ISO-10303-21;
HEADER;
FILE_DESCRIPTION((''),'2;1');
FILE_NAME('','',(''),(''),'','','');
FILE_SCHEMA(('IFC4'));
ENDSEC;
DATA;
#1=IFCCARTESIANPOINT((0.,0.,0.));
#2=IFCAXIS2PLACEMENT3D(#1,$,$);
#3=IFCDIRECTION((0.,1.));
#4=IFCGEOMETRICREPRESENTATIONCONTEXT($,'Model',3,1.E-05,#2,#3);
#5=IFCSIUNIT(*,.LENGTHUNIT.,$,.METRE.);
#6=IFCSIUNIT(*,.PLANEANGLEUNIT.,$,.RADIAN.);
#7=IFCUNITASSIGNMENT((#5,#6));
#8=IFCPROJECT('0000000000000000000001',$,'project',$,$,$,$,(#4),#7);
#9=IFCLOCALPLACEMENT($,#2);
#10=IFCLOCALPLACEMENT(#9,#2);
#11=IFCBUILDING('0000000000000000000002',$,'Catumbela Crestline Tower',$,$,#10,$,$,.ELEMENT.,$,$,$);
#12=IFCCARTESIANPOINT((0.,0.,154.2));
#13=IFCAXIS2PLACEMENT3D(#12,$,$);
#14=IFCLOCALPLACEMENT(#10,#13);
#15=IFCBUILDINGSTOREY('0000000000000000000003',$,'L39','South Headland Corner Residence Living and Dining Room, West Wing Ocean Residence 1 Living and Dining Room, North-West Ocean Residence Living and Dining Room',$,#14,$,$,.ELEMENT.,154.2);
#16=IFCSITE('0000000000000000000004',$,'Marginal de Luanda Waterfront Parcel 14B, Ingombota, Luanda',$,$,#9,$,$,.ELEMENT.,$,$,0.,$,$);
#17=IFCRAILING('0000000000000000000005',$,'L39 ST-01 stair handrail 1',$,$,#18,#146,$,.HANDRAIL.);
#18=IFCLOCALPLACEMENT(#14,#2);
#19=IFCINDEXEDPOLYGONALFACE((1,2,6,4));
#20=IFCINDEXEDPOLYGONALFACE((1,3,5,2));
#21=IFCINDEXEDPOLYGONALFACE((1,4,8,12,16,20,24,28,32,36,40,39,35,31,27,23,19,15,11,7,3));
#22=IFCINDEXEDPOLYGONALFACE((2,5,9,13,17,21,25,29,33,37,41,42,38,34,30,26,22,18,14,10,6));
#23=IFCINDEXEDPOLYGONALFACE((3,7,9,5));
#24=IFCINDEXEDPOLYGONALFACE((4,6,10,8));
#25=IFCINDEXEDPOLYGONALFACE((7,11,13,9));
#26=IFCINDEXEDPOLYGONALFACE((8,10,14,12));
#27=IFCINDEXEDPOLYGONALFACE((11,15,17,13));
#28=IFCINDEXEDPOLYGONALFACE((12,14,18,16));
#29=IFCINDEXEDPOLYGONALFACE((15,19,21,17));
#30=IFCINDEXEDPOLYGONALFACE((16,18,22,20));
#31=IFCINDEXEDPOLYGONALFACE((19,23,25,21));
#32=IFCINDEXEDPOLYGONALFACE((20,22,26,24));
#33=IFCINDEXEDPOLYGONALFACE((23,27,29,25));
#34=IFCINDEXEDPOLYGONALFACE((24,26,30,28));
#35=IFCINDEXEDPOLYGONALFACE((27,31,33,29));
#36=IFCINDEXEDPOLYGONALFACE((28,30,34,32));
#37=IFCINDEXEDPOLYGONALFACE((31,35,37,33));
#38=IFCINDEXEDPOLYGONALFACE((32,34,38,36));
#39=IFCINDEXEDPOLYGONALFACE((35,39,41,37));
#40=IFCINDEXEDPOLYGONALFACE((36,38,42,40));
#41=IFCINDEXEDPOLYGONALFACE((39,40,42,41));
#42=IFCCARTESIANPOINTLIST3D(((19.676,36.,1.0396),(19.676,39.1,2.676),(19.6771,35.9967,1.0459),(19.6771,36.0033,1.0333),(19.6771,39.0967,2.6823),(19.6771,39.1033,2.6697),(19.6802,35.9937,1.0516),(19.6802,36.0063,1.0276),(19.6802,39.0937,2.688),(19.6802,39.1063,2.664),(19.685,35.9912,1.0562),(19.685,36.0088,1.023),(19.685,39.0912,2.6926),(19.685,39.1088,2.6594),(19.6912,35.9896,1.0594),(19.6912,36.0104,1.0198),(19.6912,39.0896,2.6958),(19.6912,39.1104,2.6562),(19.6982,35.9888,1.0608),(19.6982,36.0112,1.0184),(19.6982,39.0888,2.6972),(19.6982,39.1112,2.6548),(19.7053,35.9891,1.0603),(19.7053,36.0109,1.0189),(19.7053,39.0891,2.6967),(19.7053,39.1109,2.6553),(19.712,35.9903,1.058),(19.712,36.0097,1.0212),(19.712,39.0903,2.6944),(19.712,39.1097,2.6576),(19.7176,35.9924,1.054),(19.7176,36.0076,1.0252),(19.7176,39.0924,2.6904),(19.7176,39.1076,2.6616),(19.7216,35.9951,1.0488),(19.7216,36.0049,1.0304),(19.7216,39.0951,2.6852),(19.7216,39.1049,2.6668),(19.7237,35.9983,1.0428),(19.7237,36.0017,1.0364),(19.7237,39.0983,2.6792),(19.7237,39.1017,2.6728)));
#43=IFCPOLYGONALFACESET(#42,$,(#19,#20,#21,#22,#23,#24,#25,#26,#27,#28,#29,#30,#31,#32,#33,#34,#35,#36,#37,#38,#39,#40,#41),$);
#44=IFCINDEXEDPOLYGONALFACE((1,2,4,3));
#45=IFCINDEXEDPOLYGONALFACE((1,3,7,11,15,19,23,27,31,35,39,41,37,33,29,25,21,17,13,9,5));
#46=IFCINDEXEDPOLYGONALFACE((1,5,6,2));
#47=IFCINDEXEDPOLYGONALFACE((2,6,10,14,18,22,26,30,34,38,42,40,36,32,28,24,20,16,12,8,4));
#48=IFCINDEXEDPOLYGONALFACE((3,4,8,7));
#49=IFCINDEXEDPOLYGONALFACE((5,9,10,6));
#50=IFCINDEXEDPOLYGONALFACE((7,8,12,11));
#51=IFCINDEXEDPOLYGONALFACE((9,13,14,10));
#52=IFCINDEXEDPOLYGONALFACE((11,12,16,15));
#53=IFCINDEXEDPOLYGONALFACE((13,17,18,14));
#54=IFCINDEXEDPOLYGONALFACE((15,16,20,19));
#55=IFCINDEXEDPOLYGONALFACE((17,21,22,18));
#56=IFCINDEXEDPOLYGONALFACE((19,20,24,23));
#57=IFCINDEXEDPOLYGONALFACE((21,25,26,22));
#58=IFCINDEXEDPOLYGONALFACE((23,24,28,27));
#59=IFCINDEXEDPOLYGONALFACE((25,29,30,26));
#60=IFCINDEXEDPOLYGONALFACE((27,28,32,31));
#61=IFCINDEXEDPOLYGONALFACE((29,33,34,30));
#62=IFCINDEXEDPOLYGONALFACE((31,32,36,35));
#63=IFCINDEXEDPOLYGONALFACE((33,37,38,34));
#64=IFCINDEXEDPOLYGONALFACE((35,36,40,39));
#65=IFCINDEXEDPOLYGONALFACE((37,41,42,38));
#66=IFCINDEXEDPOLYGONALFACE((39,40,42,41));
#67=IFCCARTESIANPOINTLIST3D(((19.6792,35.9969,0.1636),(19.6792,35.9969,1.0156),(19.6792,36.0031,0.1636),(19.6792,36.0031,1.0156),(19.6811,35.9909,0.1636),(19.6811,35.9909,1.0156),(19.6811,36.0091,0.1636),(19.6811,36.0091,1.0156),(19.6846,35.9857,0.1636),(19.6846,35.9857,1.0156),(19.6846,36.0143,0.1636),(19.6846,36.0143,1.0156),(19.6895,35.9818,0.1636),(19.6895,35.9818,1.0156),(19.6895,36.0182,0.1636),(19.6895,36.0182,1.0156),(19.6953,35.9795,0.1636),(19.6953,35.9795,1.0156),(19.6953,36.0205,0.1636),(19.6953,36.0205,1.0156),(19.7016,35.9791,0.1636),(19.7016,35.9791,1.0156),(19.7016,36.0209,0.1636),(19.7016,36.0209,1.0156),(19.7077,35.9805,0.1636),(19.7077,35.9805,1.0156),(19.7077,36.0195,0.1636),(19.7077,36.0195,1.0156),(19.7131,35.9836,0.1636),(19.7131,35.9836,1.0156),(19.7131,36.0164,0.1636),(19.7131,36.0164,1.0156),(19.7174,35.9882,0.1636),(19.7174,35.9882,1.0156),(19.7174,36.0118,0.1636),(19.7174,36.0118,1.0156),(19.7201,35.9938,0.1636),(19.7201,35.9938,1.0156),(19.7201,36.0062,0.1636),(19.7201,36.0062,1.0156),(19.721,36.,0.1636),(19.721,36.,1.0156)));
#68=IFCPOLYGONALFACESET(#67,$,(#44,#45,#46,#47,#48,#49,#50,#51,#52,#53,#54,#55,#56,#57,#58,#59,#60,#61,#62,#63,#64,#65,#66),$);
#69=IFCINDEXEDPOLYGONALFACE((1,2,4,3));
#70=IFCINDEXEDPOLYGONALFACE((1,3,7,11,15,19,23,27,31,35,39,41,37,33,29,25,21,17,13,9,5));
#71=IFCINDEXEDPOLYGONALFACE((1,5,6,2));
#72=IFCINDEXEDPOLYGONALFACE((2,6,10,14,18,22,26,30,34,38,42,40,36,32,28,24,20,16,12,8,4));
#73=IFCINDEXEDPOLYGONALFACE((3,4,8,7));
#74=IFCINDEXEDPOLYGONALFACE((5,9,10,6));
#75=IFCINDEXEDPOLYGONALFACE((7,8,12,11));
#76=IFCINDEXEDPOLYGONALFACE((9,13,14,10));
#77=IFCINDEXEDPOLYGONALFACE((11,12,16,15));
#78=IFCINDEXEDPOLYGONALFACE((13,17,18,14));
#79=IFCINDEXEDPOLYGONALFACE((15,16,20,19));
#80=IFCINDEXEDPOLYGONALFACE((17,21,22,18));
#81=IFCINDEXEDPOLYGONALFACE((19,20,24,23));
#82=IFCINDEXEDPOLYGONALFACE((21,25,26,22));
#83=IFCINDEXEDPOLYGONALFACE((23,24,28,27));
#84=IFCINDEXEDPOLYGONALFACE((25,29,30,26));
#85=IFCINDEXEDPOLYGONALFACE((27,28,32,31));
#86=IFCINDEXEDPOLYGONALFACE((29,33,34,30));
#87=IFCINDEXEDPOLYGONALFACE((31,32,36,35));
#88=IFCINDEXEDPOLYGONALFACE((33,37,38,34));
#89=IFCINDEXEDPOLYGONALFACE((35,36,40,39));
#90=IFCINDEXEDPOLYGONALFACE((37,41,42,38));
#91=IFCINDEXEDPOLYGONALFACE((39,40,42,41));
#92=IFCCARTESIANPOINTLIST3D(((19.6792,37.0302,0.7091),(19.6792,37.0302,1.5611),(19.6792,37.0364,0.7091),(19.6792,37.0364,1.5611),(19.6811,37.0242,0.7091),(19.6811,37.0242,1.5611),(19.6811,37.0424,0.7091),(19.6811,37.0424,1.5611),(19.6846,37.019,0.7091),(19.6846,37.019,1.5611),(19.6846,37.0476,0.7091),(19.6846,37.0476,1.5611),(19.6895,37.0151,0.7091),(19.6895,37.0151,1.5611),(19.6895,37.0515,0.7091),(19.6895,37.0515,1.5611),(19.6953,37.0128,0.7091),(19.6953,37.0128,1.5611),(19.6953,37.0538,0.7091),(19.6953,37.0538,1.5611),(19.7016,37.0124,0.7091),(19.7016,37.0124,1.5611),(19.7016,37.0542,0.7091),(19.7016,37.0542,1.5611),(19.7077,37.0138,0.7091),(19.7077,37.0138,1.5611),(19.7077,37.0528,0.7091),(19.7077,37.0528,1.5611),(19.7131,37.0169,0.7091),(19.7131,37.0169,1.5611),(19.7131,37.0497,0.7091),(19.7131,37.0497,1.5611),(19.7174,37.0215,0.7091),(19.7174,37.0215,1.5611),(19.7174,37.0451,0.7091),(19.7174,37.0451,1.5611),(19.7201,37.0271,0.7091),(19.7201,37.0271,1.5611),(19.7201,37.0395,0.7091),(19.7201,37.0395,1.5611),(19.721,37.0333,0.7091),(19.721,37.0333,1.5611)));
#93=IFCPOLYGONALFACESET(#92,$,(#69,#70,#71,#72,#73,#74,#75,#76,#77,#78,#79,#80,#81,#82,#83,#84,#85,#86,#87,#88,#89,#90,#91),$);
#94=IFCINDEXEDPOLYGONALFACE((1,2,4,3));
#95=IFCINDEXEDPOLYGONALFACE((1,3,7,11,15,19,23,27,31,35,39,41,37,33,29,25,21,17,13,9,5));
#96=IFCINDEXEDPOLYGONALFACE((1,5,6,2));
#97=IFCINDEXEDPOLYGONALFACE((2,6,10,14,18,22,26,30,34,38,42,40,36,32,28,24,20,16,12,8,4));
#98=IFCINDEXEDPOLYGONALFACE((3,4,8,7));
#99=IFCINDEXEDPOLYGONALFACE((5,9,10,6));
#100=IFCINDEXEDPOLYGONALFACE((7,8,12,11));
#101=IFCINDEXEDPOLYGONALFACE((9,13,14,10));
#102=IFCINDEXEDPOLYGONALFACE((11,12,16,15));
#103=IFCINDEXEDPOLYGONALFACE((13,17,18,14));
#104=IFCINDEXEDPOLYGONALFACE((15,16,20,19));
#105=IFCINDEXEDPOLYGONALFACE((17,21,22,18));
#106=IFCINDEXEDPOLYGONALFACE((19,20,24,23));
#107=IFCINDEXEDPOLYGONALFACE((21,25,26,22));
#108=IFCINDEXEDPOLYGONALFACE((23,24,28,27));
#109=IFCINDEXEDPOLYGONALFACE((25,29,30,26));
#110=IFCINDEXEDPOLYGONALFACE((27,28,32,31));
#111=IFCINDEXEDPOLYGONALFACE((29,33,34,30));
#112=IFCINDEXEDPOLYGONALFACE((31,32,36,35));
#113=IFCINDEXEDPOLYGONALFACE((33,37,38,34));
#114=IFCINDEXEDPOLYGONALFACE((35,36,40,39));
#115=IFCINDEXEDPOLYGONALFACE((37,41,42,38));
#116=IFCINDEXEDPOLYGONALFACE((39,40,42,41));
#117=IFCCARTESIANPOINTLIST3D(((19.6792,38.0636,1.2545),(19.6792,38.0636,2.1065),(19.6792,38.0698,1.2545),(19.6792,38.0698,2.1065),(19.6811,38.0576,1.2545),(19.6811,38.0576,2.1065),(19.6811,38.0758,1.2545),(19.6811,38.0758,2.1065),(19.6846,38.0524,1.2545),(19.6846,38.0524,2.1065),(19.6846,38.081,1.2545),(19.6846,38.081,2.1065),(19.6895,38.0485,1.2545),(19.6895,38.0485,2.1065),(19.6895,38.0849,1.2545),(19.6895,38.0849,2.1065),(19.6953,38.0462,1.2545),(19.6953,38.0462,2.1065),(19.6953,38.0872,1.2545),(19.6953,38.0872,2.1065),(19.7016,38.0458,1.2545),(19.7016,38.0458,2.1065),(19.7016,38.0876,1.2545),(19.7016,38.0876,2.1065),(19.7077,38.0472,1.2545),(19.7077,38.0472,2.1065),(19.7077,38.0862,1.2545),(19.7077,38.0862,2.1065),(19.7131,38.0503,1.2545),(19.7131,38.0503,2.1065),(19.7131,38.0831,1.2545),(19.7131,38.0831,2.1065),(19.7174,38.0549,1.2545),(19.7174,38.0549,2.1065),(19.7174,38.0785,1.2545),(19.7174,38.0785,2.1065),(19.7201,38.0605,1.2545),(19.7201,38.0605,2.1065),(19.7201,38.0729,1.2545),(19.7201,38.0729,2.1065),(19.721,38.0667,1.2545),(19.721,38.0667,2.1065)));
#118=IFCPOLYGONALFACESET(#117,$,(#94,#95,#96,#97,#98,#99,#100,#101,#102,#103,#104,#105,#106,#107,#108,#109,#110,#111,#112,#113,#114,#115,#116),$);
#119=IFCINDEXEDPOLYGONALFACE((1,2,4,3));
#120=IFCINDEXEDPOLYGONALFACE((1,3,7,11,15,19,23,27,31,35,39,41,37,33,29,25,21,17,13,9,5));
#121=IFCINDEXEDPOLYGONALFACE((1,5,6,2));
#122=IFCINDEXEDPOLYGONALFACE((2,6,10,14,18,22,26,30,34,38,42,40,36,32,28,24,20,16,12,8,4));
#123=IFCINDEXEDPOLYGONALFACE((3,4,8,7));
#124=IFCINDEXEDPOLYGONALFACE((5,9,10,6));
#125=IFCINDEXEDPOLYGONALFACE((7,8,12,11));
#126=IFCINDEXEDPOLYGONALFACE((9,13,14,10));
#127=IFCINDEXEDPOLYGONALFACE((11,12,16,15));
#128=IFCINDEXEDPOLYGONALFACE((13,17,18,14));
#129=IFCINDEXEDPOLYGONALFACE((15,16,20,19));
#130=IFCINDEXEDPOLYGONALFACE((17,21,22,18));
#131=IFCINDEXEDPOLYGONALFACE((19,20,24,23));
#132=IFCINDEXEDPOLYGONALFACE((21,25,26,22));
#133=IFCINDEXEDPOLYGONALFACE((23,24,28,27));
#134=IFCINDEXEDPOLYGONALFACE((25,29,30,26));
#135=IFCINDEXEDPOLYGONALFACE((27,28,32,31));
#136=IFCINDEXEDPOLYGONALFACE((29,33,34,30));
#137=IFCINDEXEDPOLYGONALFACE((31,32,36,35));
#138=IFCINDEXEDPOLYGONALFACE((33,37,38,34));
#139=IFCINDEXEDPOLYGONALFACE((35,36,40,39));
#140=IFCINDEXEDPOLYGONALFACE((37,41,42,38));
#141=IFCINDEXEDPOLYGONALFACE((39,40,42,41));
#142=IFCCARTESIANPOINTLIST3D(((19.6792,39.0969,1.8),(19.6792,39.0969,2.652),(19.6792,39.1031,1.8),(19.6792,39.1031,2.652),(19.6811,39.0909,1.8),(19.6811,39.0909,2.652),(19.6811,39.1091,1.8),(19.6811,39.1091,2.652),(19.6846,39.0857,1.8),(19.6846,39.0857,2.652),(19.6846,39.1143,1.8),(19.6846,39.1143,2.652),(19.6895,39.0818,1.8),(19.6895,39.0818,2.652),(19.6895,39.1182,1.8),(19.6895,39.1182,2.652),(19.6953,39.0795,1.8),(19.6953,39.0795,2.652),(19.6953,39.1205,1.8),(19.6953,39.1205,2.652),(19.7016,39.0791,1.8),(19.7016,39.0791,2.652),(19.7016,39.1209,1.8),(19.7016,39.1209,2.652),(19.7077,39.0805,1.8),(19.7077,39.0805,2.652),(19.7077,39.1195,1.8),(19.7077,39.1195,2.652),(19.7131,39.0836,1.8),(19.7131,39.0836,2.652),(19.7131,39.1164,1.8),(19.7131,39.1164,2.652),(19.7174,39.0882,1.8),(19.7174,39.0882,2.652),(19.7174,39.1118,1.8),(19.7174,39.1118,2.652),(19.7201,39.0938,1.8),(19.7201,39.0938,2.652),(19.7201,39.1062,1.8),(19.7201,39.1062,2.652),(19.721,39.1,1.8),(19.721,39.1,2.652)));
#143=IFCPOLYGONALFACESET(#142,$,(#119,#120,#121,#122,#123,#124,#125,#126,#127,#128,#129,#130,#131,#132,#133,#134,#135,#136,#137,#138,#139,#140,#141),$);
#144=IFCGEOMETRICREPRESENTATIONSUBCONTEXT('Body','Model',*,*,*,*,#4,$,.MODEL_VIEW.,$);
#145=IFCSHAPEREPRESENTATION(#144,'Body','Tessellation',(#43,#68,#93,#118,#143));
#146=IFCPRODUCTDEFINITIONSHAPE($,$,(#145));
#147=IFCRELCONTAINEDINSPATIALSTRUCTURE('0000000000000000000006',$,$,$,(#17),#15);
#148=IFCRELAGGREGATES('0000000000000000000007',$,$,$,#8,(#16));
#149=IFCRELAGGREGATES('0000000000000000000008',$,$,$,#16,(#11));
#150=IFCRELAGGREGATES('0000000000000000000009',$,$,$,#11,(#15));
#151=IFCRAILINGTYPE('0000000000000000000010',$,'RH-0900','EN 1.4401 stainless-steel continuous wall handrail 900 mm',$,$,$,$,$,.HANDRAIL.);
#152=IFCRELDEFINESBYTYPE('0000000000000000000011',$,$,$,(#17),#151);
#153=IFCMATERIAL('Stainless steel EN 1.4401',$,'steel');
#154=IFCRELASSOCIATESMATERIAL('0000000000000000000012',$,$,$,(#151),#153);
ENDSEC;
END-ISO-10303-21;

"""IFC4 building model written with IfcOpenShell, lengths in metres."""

from ifc_helpers import new_model, si_unit, direction, frame, origin, origin_2d, place, context, subcontext, project, spatial, circle, extrude, material, type_object, element, save


model = new_model("IFC4")

# Units and contexts
model_context = context("Model", 3, precision=1e-05, world=origin(), true_north=direction((0.0, 1.0)))
body_context = subcontext(model_context, "Body", "Model", "MODEL_VIEW")
ifc_project = project(units=[si_unit("LENGTHUNIT", "METRE"), si_unit("PLANEANGLEUNIT", "RADIAN")], contexts=[model_context])

# Site, building, storey
site_placement = place(None, origin())
site = spatial("IfcSite", under=ifc_project, at=site_placement, Name="Marginal de Luanda Waterfront Parcel 14B, Ingombota, Luanda", CompositionType="ELEMENT", RefElevation=0.0)
building_placement = place(site_placement, origin())
building = spatial("IfcBuilding", under=site, at=building_placement, Name="Catumbela Crestline Tower", CompositionType="ELEMENT")
storey_placement = place(building_placement, frame((0.0, 0.0, 154.2)))
storey = spatial("IfcBuildingStorey", under=building, at=storey_placement, Name="L39", Description="South Headland Corner Residence Living and Dining Room, West Wing Ocean Residence 1 Living and Dining Room, North-West Ocean Residence Living and Dining Room", CompositionType="ELEMENT", Elevation=154.2)

# Shared definitions
ifc_material_1 = material(Name="Stainless steel EN 1.4401", Category="steel")

# Railing
railing_type_1 = type_object("IfcRailingType", Name="RH-0900", Description="EN 1.4401 stainless-steel continuous wall handrail 900 mm", PredefinedType="HANDRAIL", material=ifc_material_1)
railing_1_placement = place(storey_placement, frame((19.7, 36.0, 0.1636)))
element("IfcRailing", 1, at=railing_1_placement, inside=storey, type_object=railing_type_1, Name="L39 ST-01 stair handrail 1", PredefinedType="HANDRAIL", context=body_context, shape_type="SweptSolid", body=[
    extrude(circle(Radius=0.024, at=origin_2d()), frame((0.0, 0.0, 0.876), z_axis=(0.0, 0.884351, 0.466823), x_axis=(-1.0, 0.0, 0.0)), (0.0, 0.0, 1.0), 3.5054),
    extrude(circle(Radius=0.021, at=origin_2d()), origin(), (0.0, 0.0, 1.0), 0.852),
    extrude(circle(Radius=0.021, at=origin_2d()), frame((0.0, 1.0333, 0.5455)), (0.0, 0.0, 1.0), 0.852),
    extrude(circle(Radius=0.021, at=origin_2d()), frame((0.0, 2.0667, 1.0909)), (0.0, 0.0, 1.0), 0.852),
    extrude(circle(Radius=0.021, at=origin_2d()), frame((0.0, 3.1, 1.6364)), (0.0, 0.0, 1.0), 0.852),
])

save(model, "model.ifc")
